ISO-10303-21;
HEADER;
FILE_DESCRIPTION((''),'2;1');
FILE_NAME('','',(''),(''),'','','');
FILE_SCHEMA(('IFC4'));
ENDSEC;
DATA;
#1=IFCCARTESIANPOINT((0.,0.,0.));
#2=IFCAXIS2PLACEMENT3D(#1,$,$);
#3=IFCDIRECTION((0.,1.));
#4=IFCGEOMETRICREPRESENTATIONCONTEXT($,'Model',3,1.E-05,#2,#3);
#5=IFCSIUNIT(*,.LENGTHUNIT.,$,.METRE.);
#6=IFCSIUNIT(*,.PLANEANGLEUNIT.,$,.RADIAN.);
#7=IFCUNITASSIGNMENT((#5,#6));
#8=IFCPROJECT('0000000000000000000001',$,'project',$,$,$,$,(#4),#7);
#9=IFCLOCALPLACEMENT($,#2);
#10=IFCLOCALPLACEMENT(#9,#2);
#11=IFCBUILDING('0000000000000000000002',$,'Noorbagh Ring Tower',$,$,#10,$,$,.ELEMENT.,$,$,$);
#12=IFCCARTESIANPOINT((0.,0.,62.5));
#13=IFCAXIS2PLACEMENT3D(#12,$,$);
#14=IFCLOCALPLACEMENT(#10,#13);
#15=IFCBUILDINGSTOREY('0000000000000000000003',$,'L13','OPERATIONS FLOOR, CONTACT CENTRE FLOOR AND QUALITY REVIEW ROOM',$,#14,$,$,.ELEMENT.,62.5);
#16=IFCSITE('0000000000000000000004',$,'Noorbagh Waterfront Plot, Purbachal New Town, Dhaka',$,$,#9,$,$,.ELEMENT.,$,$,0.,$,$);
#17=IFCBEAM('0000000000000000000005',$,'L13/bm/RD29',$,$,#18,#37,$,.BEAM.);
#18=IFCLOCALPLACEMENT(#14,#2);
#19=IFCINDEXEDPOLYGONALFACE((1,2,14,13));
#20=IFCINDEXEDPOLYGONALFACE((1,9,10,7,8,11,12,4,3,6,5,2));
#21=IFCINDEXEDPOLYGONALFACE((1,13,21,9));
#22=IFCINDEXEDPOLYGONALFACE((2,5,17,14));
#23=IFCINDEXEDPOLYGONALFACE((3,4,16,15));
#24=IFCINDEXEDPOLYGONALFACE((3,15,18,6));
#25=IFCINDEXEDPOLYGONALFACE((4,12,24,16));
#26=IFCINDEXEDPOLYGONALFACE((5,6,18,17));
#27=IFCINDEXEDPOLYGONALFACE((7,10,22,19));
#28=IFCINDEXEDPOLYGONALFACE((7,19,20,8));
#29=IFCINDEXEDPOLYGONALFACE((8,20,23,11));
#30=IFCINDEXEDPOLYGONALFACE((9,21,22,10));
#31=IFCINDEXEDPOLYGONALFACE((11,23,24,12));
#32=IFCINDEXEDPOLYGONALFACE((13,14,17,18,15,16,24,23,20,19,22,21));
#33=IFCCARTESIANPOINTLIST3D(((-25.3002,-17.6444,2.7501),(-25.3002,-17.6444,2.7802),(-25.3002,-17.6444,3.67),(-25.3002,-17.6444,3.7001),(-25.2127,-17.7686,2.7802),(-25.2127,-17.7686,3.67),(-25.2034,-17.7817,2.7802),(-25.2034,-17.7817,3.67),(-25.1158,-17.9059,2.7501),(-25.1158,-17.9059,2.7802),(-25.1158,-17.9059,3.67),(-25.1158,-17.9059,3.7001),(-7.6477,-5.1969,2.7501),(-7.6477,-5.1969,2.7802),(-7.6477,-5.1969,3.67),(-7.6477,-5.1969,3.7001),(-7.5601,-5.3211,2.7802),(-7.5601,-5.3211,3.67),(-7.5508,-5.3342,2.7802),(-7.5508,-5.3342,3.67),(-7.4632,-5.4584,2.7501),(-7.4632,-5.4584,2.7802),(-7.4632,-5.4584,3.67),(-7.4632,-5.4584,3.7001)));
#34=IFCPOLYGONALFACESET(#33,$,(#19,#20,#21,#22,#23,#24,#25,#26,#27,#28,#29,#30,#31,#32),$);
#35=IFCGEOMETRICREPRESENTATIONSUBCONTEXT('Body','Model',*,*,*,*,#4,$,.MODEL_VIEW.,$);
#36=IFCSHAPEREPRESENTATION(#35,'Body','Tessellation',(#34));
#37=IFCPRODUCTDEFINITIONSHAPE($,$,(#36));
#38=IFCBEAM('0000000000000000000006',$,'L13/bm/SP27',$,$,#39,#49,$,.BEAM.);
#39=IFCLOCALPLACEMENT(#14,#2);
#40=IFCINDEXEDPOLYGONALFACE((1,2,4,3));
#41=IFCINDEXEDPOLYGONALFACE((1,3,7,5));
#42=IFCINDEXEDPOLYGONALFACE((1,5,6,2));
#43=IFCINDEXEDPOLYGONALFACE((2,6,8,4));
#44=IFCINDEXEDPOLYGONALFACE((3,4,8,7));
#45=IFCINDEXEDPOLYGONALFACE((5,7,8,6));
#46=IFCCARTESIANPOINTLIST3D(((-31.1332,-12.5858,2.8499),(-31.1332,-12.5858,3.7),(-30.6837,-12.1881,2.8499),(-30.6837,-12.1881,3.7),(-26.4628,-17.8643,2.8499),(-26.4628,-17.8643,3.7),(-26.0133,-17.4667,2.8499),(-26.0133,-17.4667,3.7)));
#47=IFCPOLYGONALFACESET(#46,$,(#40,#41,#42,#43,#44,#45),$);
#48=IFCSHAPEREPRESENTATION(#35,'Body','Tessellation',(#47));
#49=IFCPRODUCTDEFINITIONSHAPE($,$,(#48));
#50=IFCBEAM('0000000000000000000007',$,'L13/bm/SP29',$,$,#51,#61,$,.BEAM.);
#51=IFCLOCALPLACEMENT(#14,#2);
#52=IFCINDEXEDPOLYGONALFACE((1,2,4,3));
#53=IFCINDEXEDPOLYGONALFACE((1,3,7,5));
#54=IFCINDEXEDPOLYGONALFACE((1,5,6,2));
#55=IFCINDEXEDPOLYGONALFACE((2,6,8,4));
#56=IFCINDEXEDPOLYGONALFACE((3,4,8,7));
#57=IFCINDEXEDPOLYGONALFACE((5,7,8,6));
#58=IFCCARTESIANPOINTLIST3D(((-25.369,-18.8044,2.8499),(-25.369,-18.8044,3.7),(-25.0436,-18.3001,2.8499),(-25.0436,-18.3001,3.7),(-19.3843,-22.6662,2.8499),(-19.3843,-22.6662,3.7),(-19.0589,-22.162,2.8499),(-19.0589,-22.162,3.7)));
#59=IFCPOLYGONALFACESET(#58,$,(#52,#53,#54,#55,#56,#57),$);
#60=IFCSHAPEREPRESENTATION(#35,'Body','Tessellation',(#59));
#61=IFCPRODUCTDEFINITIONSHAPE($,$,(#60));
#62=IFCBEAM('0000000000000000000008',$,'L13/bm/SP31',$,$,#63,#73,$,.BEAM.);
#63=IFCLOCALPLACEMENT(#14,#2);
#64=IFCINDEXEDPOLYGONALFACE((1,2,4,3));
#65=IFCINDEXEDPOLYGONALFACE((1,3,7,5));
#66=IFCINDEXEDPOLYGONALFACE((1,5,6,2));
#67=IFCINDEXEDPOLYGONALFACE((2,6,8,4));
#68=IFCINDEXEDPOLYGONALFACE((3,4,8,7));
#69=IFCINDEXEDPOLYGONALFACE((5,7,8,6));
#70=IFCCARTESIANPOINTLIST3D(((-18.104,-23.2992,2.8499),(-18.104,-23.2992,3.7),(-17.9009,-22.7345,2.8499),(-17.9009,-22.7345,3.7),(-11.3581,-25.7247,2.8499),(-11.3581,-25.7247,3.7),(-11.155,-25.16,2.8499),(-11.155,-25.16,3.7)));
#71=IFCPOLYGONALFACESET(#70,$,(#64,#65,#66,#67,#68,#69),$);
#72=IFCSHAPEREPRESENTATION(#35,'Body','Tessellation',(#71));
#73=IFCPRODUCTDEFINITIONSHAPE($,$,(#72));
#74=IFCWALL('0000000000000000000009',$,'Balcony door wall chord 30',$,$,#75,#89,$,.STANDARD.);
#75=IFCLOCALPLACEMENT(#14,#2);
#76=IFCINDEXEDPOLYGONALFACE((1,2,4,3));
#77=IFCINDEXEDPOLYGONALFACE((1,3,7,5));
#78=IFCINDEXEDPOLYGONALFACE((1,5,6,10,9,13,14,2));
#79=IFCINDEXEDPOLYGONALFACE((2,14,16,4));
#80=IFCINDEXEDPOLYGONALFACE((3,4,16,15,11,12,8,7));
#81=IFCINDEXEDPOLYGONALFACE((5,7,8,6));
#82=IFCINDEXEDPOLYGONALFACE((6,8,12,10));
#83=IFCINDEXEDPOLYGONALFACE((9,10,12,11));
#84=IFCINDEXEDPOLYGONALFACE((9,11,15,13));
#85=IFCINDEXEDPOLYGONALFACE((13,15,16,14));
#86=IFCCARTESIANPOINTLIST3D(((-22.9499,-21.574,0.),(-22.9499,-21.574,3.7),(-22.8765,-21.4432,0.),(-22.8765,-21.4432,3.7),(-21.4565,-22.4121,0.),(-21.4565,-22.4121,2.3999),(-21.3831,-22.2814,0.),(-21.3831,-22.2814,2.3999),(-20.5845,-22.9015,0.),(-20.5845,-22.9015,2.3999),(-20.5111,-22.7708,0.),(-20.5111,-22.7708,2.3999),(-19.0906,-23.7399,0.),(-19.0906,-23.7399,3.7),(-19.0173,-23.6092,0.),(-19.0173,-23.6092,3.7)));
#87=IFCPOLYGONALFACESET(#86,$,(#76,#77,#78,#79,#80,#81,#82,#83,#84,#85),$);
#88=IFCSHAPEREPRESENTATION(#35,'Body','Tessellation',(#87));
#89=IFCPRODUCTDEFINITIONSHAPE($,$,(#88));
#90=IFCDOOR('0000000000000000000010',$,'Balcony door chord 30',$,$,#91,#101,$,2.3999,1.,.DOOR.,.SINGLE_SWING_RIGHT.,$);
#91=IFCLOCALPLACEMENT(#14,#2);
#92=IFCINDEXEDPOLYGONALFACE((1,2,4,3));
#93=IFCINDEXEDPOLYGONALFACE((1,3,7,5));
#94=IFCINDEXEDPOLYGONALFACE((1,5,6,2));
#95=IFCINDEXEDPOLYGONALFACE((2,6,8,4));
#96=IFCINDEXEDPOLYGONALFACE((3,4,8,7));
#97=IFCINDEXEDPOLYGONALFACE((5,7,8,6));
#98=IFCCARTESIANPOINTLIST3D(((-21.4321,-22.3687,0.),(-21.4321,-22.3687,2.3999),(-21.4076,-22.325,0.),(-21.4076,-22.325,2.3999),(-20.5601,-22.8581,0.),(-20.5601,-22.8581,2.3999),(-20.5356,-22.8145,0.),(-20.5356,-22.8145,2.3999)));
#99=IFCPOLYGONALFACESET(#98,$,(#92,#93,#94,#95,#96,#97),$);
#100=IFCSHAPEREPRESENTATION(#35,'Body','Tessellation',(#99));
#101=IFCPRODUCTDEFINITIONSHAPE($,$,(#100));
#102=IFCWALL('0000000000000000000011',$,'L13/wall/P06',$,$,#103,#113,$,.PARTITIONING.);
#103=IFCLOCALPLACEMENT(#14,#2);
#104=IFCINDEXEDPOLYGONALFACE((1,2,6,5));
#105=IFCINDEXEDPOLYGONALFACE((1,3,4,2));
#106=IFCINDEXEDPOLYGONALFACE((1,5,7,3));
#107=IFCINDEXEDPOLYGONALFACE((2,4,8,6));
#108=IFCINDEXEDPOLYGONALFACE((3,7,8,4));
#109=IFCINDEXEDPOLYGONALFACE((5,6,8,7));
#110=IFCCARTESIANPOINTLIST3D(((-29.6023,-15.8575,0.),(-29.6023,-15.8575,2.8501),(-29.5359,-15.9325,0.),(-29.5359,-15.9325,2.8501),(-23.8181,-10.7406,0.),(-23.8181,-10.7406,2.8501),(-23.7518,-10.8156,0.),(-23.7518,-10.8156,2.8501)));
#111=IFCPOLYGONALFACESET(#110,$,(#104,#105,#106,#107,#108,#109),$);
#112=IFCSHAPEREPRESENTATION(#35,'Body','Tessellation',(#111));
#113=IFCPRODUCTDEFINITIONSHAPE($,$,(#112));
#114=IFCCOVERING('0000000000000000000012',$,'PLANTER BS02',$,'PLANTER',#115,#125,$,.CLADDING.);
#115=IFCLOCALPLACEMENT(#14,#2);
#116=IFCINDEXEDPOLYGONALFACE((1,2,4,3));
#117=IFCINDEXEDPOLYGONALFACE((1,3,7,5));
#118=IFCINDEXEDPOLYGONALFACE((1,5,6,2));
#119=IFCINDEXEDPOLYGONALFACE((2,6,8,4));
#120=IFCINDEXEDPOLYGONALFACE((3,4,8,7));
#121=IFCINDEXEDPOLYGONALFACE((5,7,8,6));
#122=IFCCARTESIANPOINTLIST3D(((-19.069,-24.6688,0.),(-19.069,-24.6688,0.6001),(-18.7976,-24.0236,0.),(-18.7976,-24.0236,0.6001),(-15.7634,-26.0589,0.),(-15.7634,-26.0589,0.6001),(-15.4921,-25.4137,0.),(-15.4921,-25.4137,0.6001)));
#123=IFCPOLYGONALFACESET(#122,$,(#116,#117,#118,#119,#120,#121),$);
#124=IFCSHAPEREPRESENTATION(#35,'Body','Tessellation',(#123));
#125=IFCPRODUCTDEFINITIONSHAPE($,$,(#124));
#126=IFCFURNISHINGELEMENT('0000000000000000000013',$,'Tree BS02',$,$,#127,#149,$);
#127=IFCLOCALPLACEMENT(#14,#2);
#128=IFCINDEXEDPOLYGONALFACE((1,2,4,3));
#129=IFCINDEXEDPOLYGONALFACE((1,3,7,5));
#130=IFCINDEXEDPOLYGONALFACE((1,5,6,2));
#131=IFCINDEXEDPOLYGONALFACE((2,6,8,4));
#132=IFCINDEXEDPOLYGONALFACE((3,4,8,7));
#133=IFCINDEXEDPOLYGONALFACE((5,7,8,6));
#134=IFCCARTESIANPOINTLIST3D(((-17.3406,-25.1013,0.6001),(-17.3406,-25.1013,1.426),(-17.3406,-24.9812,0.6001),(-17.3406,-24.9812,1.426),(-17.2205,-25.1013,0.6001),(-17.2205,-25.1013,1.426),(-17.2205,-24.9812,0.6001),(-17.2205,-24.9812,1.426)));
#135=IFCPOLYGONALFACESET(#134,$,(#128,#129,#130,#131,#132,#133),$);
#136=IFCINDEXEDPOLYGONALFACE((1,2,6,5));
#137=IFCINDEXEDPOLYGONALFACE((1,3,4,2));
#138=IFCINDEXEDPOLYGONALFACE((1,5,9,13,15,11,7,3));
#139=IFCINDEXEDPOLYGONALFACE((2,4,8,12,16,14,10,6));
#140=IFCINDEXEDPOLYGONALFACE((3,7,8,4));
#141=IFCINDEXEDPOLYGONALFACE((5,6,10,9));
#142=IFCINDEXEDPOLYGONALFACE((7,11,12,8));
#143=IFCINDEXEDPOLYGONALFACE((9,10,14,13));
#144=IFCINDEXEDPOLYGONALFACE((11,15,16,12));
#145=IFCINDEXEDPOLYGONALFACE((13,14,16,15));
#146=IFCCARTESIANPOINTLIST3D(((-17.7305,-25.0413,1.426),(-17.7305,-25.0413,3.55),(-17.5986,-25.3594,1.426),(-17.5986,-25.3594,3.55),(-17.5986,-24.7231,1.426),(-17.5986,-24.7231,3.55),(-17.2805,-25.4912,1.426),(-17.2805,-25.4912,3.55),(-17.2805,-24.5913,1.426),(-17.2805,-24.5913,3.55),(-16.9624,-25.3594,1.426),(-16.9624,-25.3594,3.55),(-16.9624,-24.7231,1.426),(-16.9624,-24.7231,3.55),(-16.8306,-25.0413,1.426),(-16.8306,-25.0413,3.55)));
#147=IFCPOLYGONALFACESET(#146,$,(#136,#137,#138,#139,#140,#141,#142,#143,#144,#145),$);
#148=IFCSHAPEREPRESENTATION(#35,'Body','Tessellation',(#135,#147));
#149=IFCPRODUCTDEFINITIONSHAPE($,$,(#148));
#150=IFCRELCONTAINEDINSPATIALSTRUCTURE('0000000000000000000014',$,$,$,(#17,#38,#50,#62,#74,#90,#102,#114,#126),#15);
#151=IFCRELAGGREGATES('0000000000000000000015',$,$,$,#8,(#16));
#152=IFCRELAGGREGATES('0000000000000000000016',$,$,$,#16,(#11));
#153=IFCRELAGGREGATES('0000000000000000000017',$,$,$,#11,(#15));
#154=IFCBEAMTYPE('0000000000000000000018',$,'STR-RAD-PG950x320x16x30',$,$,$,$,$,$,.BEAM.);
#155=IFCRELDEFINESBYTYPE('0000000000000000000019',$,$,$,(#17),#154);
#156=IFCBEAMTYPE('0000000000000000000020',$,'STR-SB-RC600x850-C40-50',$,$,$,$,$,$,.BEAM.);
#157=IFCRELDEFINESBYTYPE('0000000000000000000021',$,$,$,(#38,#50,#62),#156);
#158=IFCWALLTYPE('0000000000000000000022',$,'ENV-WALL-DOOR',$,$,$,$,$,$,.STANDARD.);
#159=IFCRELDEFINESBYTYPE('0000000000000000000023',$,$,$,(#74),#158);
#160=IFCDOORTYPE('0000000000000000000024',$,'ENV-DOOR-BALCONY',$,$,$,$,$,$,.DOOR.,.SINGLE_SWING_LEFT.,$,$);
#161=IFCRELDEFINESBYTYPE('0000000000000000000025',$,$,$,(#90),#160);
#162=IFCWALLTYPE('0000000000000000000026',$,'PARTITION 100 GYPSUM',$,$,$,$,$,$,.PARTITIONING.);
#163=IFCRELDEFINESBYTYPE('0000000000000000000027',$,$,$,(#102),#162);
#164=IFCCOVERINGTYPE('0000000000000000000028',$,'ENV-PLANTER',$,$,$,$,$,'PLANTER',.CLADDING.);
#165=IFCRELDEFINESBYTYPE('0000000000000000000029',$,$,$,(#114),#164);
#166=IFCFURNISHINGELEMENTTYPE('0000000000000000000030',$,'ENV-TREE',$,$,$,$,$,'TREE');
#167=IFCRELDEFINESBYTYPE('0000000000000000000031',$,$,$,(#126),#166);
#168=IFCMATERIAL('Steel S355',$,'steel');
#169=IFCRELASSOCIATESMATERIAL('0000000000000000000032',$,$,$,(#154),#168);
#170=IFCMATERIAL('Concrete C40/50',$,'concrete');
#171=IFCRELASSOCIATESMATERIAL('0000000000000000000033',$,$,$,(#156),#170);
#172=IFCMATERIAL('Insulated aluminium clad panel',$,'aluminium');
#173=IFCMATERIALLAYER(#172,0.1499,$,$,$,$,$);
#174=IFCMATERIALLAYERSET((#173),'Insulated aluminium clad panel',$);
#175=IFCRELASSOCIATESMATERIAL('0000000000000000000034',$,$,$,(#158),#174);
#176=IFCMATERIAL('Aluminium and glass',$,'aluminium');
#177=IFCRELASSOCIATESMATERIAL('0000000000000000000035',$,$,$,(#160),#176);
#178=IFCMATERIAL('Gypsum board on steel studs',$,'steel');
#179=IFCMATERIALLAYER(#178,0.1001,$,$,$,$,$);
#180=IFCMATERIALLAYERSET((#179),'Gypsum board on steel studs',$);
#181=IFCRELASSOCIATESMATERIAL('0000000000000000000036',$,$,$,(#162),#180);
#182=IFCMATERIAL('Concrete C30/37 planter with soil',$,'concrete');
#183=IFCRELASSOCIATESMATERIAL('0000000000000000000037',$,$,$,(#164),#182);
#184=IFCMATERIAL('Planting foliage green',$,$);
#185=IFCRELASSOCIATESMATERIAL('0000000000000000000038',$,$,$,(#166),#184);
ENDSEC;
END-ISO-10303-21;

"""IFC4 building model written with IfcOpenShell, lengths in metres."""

from ifc_helpers import new_model, si_unit, direction, frame, frame_2d, origin, origin_2d, place, context, subcontext, project, spatial, polyline, rectangle, i_section, outline, extrude, material, layer, layer_set, material_profile, profile_set, type_object, element, fill, save


model = new_model("IFC4")

# Units and contexts
model_context = context("Model", 3, precision=1e-05, world=origin(), true_north=direction((0.0, 1.0)))
body_context = subcontext(model_context, "Body", "Model", "MODEL_VIEW")
ifc_project = project(units=[si_unit("LENGTHUNIT", "METRE"), si_unit("PLANEANGLEUNIT", "RADIAN")], contexts=[model_context])

# Site, building, storey
site_placement = place(None, origin())
site = spatial("IfcSite", under=ifc_project, at=site_placement, Name="Noorbagh Waterfront Plot, Purbachal New Town, Dhaka", CompositionType="ELEMENT", RefElevation=0.0)
building_placement = place(site_placement, origin())
building = spatial("IfcBuilding", under=site, at=building_placement, Name="Noorbagh Ring Tower", CompositionType="ELEMENT")
storey_placement = place(building_placement, frame((0.0, 0.0, 62.5)))
storey = spatial("IfcBuildingStorey", under=building, at=storey_placement, Name="L13", Description="OPERATIONS FLOOR, CONTACT CENTRE FLOOR AND QUALITY REVIEW ROOM", CompositionType="ELEMENT", Elevation=62.5)

# Beams
ifc_material_1 = material(Name="Steel S355", Category="steel")
ifc_material_profile_1 = material_profile(ifc_material_1, i_section(OverallWidth=0.3201, OverallDepth=0.95, WebThickness=0.0161, FlangeThickness=0.03, at=origin_2d()), Name="PG950x320x16x30")
ifc_profile_set_1 = profile_set([ifc_material_profile_1], Name="Steel S355")
beam_type_1 = type_object("IfcBeamType", Name="STR-RAD-PG950x320x16x30", PredefinedType="BEAM", material=ifc_profile_set_1)
beam_1_placement = place(storey_placement, frame((-25.208, -17.7751, 3.2251), z_axis=(0.817254, 0.576277, 0.0), x_axis=(-0.576277, 0.817254, 0.0)))
element("IfcBeam", 1, at=beam_1_placement, inside=storey, type_object=beam_type_1, Name="L13/bm/RD29", PredefinedType="BEAM", context=body_context, shape_type="SweptSolid", body=[
    extrude(i_section(OverallWidth=0.3201, OverallDepth=0.95, WebThickness=0.0161, FlangeThickness=0.03, at=origin_2d()), origin(), (0.0, 0.0, 1.0), 21.5999),
])
ifc_material_2 = material(Name="Concrete C40/50", Category="concrete")
ifc_material_profile_2 = material_profile(ifc_material_2, rectangle(XDim=0.6001, YDim=0.8501, at=origin_2d()), Name="RC600x850")
ifc_profile_set_2 = profile_set([ifc_material_profile_2], Name="Concrete C40/50")
beam_type_2 = type_object("IfcBeamType", Name="STR-SB-RC600x850-C40-50", PredefinedType="BEAM", material=ifc_profile_set_2)
beam_2_placement = place(storey_placement, frame((-30.9084, -12.387, 3.2749), z_axis=(0.662646, -0.748932, 0.0), x_axis=(0.748932, 0.662646, 0.0)))
element("IfcBeam", 2, at=beam_2_placement, inside=storey, type_object=beam_type_2, Name="L13/bm/SP27", PredefinedType="BEAM", context=body_context, shape_type="SweptSolid", body=[
    extrude(rectangle(XDim=0.6001, YDim=0.8501, at=origin_2d()), origin(), (0.0, 0.0, 1.0), 7.0481),
])
beam_3_placement = place(storey_placement, frame((-25.2063, -18.5522, 3.2749), z_axis=(0.840247, -0.542203, 0.0), x_axis=(0.542203, 0.840247, 0.0)))
element("IfcBeam", 3, at=beam_3_placement, inside=storey, type_object=beam_type_2, Name="L13/bm/SP29", PredefinedType="BEAM", context=body_context, shape_type="SweptSolid", body=[
    extrude(rectangle(XDim=0.6001, YDim=0.8501, at=origin_2d()), origin(), (0.0, 0.0, 1.0), 7.1226),
])
beam_4_placement = place(storey_placement, frame((-18.0024, -23.0168, 3.2749), z_axis=(0.941019, -0.338353, 0.0), x_axis=(0.338353, 0.941019, 0.0)))
element("IfcBeam", 4, at=beam_4_placement, inside=storey, type_object=beam_type_2, Name="L13/bm/SP31", PredefinedType="BEAM", context=body_context, shape_type="SweptSolid", body=[
    extrude(rectangle(XDim=0.6001, YDim=0.8501, at=origin_2d()), origin(), (0.0, 0.0, 1.0), 7.1687),
])

# Wall, opening, door
ifc_material_3 = material(Name="Insulated aluminium clad panel", Category="aluminium")
ifc_layer_1 = layer(ifc_material_3, 0.1499)
ifc_layer_set_1 = layer_set([ifc_layer_1], Name="Insulated aluminium clad panel")
wall_type_1 = type_object("IfcWallType", Name="ENV-WALL-DOOR", PredefinedType="STANDARD", material=ifc_layer_set_1)
wall_1_placement = place(storey_placement, frame((-22.9133, -21.5085, 0.0), z_axis=(0.0, 0.0, 1.0), x_axis=(0.872047, -0.489423, 0.0)))
wall_1 = element("IfcWall", 5, at=wall_1_placement, inside=storey, type_object=wall_type_1, Name="Balcony door wall chord 30", PredefinedType="STANDARD", context=body_context, shape_type="SweptSolid", body=[
    extrude(rectangle(XDim=4.4255, YDim=0.1499, at=frame_2d((2.2129, 0.0))), origin(), (0.0, 0.0, 1.0), 3.7),
])
opening_placement = place(wall_1_placement, frame((1.7126, 0.0, 0.0)))
opening = element("IfcOpeningElement", 6, at=opening_placement, cuts=wall_1, PredefinedType="OPENING", context=body_context, shape_type="SweptSolid", body=[
    extrude(rectangle(XDim=1.0, YDim=2.3999, at=frame_2d((0.5, 1.2))), frame((0.0, 0.085, 0.0), z_axis=(0.0, -1.0, 0.0), x_axis=(1.0, 0.0, 0.0)), (0.0, 0.0, 1.0), 0.1699),
])
ifc_material_4 = material(Name="Aluminium and glass", Category="aluminium")
door_type = type_object("IfcDoorType", Name="ENV-DOOR-BALCONY", OperationType="SINGLE_SWING_LEFT", PredefinedType="DOOR", material=ifc_material_4)
door_placement = place(opening_placement, origin())
door = element("IfcDoor", 7, at=door_placement, inside=storey, type_object=door_type, Name="Balcony door chord 30", OperationType="SINGLE_SWING_RIGHT", OverallHeight=2.3999, OverallWidth=1.0, PredefinedType="DOOR", context=body_context, shape_type="SweptSolid", body=[
    extrude(rectangle(XDim=1.0, YDim=2.3999, at=frame_2d((0.5, 1.2))), frame((0.0, 0.0249, 0.0), z_axis=(0.0, -1.0, 0.0), x_axis=(1.0, 0.0, 0.0)), (0.0, 0.0, 1.0), 0.05),
])
fill(opening, door)

# Wall
ifc_material_5 = material(Name="Gypsum board on steel studs", Category="steel")
ifc_layer_2 = layer(ifc_material_5, 0.1001)
ifc_layer_set_2 = layer_set([ifc_layer_2], Name="Gypsum board on steel studs")
wall_type_2 = type_object("IfcWallType", Name="PARTITION 100 GYPSUM", PredefinedType="PARTITIONING", material=ifc_layer_set_2)
wall_2_placement = place(storey_placement, frame((-29.5691, -15.895, 0.0), z_axis=(0.0, 0.0, 1.0), x_axis=(0.748986, 0.662586, 0.0)))
element("IfcWall", 8, at=wall_2_placement, inside=storey, type_object=wall_type_2, Name="L13/wall/P06", PredefinedType="PARTITIONING", context=body_context, shape_type="SweptSolid", body=[
    extrude(rectangle(XDim=7.7227, YDim=0.1001, at=frame_2d((3.8613, 0.0))), origin(), (0.0, 0.0, 1.0), 2.8501),
])

# Covering
ifc_material_6 = material(Name="Concrete C30/37 planter with soil", Category="concrete")
covering_type = type_object("IfcCoveringType", Name="ENV-PLANTER", ElementType="PLANTER", PredefinedType="CLADDING", material=ifc_material_6)
covering_placement = place(storey_placement, frame((-17.2805, -25.0413, 0.0), z_axis=(0.0, 0.0, 1.0), x_axis=(0.921812, -0.387638, 0.0)))
element("IfcCovering", 9, at=covering_placement, inside=storey, type_object=covering_type, Name="PLANTER BS02", ObjectType="PLANTER", PredefinedType="CLADDING", context=body_context, shape_type="SweptSolid", body=[
    extrude(rectangle(XDim=3.5859, YDim=0.7, at=origin_2d()), origin(), (0.0, 0.0, 1.0), 0.6001),
])

# Furnishing element
ifc_material_7 = material(Name="Planting foliage green")
furnishing_element_type = type_object("IfcFurnishingElementType", Name="ENV-TREE", ElementType="TREE", material=ifc_material_7)
furnishing_placement = place(storey_placement, frame((-17.2805, -25.0413, 0.6001), z_axis=(0.0, 0.0, 1.0), x_axis=(1.0, 0.0, 0.0)))
element("IfcFurnishingElement", 10, at=furnishing_placement, inside=storey, type_object=furnishing_element_type, Name="Tree BS02", context=body_context, shape_type="SweptSolid", body=[
    extrude(rectangle(XDim=0.1201, YDim=0.1201, at=origin_2d()), origin(), (0.0, 0.0, 1.0), 0.8259),
    extrude(outline(polyline([(0.45, 0.0), (0.3181, 0.3181), (0.0, 0.45), (-0.3181, 0.3181), (-0.45, 0.0), (-0.3181, -0.3181), (0.0, -0.45), (0.3181, -0.3181), (0.45, 0.0)])), frame((0.0, 0.0, 0.8259)), (0.0, 0.0, 1.0), 2.124),
])

save(model, "model.ifc")
